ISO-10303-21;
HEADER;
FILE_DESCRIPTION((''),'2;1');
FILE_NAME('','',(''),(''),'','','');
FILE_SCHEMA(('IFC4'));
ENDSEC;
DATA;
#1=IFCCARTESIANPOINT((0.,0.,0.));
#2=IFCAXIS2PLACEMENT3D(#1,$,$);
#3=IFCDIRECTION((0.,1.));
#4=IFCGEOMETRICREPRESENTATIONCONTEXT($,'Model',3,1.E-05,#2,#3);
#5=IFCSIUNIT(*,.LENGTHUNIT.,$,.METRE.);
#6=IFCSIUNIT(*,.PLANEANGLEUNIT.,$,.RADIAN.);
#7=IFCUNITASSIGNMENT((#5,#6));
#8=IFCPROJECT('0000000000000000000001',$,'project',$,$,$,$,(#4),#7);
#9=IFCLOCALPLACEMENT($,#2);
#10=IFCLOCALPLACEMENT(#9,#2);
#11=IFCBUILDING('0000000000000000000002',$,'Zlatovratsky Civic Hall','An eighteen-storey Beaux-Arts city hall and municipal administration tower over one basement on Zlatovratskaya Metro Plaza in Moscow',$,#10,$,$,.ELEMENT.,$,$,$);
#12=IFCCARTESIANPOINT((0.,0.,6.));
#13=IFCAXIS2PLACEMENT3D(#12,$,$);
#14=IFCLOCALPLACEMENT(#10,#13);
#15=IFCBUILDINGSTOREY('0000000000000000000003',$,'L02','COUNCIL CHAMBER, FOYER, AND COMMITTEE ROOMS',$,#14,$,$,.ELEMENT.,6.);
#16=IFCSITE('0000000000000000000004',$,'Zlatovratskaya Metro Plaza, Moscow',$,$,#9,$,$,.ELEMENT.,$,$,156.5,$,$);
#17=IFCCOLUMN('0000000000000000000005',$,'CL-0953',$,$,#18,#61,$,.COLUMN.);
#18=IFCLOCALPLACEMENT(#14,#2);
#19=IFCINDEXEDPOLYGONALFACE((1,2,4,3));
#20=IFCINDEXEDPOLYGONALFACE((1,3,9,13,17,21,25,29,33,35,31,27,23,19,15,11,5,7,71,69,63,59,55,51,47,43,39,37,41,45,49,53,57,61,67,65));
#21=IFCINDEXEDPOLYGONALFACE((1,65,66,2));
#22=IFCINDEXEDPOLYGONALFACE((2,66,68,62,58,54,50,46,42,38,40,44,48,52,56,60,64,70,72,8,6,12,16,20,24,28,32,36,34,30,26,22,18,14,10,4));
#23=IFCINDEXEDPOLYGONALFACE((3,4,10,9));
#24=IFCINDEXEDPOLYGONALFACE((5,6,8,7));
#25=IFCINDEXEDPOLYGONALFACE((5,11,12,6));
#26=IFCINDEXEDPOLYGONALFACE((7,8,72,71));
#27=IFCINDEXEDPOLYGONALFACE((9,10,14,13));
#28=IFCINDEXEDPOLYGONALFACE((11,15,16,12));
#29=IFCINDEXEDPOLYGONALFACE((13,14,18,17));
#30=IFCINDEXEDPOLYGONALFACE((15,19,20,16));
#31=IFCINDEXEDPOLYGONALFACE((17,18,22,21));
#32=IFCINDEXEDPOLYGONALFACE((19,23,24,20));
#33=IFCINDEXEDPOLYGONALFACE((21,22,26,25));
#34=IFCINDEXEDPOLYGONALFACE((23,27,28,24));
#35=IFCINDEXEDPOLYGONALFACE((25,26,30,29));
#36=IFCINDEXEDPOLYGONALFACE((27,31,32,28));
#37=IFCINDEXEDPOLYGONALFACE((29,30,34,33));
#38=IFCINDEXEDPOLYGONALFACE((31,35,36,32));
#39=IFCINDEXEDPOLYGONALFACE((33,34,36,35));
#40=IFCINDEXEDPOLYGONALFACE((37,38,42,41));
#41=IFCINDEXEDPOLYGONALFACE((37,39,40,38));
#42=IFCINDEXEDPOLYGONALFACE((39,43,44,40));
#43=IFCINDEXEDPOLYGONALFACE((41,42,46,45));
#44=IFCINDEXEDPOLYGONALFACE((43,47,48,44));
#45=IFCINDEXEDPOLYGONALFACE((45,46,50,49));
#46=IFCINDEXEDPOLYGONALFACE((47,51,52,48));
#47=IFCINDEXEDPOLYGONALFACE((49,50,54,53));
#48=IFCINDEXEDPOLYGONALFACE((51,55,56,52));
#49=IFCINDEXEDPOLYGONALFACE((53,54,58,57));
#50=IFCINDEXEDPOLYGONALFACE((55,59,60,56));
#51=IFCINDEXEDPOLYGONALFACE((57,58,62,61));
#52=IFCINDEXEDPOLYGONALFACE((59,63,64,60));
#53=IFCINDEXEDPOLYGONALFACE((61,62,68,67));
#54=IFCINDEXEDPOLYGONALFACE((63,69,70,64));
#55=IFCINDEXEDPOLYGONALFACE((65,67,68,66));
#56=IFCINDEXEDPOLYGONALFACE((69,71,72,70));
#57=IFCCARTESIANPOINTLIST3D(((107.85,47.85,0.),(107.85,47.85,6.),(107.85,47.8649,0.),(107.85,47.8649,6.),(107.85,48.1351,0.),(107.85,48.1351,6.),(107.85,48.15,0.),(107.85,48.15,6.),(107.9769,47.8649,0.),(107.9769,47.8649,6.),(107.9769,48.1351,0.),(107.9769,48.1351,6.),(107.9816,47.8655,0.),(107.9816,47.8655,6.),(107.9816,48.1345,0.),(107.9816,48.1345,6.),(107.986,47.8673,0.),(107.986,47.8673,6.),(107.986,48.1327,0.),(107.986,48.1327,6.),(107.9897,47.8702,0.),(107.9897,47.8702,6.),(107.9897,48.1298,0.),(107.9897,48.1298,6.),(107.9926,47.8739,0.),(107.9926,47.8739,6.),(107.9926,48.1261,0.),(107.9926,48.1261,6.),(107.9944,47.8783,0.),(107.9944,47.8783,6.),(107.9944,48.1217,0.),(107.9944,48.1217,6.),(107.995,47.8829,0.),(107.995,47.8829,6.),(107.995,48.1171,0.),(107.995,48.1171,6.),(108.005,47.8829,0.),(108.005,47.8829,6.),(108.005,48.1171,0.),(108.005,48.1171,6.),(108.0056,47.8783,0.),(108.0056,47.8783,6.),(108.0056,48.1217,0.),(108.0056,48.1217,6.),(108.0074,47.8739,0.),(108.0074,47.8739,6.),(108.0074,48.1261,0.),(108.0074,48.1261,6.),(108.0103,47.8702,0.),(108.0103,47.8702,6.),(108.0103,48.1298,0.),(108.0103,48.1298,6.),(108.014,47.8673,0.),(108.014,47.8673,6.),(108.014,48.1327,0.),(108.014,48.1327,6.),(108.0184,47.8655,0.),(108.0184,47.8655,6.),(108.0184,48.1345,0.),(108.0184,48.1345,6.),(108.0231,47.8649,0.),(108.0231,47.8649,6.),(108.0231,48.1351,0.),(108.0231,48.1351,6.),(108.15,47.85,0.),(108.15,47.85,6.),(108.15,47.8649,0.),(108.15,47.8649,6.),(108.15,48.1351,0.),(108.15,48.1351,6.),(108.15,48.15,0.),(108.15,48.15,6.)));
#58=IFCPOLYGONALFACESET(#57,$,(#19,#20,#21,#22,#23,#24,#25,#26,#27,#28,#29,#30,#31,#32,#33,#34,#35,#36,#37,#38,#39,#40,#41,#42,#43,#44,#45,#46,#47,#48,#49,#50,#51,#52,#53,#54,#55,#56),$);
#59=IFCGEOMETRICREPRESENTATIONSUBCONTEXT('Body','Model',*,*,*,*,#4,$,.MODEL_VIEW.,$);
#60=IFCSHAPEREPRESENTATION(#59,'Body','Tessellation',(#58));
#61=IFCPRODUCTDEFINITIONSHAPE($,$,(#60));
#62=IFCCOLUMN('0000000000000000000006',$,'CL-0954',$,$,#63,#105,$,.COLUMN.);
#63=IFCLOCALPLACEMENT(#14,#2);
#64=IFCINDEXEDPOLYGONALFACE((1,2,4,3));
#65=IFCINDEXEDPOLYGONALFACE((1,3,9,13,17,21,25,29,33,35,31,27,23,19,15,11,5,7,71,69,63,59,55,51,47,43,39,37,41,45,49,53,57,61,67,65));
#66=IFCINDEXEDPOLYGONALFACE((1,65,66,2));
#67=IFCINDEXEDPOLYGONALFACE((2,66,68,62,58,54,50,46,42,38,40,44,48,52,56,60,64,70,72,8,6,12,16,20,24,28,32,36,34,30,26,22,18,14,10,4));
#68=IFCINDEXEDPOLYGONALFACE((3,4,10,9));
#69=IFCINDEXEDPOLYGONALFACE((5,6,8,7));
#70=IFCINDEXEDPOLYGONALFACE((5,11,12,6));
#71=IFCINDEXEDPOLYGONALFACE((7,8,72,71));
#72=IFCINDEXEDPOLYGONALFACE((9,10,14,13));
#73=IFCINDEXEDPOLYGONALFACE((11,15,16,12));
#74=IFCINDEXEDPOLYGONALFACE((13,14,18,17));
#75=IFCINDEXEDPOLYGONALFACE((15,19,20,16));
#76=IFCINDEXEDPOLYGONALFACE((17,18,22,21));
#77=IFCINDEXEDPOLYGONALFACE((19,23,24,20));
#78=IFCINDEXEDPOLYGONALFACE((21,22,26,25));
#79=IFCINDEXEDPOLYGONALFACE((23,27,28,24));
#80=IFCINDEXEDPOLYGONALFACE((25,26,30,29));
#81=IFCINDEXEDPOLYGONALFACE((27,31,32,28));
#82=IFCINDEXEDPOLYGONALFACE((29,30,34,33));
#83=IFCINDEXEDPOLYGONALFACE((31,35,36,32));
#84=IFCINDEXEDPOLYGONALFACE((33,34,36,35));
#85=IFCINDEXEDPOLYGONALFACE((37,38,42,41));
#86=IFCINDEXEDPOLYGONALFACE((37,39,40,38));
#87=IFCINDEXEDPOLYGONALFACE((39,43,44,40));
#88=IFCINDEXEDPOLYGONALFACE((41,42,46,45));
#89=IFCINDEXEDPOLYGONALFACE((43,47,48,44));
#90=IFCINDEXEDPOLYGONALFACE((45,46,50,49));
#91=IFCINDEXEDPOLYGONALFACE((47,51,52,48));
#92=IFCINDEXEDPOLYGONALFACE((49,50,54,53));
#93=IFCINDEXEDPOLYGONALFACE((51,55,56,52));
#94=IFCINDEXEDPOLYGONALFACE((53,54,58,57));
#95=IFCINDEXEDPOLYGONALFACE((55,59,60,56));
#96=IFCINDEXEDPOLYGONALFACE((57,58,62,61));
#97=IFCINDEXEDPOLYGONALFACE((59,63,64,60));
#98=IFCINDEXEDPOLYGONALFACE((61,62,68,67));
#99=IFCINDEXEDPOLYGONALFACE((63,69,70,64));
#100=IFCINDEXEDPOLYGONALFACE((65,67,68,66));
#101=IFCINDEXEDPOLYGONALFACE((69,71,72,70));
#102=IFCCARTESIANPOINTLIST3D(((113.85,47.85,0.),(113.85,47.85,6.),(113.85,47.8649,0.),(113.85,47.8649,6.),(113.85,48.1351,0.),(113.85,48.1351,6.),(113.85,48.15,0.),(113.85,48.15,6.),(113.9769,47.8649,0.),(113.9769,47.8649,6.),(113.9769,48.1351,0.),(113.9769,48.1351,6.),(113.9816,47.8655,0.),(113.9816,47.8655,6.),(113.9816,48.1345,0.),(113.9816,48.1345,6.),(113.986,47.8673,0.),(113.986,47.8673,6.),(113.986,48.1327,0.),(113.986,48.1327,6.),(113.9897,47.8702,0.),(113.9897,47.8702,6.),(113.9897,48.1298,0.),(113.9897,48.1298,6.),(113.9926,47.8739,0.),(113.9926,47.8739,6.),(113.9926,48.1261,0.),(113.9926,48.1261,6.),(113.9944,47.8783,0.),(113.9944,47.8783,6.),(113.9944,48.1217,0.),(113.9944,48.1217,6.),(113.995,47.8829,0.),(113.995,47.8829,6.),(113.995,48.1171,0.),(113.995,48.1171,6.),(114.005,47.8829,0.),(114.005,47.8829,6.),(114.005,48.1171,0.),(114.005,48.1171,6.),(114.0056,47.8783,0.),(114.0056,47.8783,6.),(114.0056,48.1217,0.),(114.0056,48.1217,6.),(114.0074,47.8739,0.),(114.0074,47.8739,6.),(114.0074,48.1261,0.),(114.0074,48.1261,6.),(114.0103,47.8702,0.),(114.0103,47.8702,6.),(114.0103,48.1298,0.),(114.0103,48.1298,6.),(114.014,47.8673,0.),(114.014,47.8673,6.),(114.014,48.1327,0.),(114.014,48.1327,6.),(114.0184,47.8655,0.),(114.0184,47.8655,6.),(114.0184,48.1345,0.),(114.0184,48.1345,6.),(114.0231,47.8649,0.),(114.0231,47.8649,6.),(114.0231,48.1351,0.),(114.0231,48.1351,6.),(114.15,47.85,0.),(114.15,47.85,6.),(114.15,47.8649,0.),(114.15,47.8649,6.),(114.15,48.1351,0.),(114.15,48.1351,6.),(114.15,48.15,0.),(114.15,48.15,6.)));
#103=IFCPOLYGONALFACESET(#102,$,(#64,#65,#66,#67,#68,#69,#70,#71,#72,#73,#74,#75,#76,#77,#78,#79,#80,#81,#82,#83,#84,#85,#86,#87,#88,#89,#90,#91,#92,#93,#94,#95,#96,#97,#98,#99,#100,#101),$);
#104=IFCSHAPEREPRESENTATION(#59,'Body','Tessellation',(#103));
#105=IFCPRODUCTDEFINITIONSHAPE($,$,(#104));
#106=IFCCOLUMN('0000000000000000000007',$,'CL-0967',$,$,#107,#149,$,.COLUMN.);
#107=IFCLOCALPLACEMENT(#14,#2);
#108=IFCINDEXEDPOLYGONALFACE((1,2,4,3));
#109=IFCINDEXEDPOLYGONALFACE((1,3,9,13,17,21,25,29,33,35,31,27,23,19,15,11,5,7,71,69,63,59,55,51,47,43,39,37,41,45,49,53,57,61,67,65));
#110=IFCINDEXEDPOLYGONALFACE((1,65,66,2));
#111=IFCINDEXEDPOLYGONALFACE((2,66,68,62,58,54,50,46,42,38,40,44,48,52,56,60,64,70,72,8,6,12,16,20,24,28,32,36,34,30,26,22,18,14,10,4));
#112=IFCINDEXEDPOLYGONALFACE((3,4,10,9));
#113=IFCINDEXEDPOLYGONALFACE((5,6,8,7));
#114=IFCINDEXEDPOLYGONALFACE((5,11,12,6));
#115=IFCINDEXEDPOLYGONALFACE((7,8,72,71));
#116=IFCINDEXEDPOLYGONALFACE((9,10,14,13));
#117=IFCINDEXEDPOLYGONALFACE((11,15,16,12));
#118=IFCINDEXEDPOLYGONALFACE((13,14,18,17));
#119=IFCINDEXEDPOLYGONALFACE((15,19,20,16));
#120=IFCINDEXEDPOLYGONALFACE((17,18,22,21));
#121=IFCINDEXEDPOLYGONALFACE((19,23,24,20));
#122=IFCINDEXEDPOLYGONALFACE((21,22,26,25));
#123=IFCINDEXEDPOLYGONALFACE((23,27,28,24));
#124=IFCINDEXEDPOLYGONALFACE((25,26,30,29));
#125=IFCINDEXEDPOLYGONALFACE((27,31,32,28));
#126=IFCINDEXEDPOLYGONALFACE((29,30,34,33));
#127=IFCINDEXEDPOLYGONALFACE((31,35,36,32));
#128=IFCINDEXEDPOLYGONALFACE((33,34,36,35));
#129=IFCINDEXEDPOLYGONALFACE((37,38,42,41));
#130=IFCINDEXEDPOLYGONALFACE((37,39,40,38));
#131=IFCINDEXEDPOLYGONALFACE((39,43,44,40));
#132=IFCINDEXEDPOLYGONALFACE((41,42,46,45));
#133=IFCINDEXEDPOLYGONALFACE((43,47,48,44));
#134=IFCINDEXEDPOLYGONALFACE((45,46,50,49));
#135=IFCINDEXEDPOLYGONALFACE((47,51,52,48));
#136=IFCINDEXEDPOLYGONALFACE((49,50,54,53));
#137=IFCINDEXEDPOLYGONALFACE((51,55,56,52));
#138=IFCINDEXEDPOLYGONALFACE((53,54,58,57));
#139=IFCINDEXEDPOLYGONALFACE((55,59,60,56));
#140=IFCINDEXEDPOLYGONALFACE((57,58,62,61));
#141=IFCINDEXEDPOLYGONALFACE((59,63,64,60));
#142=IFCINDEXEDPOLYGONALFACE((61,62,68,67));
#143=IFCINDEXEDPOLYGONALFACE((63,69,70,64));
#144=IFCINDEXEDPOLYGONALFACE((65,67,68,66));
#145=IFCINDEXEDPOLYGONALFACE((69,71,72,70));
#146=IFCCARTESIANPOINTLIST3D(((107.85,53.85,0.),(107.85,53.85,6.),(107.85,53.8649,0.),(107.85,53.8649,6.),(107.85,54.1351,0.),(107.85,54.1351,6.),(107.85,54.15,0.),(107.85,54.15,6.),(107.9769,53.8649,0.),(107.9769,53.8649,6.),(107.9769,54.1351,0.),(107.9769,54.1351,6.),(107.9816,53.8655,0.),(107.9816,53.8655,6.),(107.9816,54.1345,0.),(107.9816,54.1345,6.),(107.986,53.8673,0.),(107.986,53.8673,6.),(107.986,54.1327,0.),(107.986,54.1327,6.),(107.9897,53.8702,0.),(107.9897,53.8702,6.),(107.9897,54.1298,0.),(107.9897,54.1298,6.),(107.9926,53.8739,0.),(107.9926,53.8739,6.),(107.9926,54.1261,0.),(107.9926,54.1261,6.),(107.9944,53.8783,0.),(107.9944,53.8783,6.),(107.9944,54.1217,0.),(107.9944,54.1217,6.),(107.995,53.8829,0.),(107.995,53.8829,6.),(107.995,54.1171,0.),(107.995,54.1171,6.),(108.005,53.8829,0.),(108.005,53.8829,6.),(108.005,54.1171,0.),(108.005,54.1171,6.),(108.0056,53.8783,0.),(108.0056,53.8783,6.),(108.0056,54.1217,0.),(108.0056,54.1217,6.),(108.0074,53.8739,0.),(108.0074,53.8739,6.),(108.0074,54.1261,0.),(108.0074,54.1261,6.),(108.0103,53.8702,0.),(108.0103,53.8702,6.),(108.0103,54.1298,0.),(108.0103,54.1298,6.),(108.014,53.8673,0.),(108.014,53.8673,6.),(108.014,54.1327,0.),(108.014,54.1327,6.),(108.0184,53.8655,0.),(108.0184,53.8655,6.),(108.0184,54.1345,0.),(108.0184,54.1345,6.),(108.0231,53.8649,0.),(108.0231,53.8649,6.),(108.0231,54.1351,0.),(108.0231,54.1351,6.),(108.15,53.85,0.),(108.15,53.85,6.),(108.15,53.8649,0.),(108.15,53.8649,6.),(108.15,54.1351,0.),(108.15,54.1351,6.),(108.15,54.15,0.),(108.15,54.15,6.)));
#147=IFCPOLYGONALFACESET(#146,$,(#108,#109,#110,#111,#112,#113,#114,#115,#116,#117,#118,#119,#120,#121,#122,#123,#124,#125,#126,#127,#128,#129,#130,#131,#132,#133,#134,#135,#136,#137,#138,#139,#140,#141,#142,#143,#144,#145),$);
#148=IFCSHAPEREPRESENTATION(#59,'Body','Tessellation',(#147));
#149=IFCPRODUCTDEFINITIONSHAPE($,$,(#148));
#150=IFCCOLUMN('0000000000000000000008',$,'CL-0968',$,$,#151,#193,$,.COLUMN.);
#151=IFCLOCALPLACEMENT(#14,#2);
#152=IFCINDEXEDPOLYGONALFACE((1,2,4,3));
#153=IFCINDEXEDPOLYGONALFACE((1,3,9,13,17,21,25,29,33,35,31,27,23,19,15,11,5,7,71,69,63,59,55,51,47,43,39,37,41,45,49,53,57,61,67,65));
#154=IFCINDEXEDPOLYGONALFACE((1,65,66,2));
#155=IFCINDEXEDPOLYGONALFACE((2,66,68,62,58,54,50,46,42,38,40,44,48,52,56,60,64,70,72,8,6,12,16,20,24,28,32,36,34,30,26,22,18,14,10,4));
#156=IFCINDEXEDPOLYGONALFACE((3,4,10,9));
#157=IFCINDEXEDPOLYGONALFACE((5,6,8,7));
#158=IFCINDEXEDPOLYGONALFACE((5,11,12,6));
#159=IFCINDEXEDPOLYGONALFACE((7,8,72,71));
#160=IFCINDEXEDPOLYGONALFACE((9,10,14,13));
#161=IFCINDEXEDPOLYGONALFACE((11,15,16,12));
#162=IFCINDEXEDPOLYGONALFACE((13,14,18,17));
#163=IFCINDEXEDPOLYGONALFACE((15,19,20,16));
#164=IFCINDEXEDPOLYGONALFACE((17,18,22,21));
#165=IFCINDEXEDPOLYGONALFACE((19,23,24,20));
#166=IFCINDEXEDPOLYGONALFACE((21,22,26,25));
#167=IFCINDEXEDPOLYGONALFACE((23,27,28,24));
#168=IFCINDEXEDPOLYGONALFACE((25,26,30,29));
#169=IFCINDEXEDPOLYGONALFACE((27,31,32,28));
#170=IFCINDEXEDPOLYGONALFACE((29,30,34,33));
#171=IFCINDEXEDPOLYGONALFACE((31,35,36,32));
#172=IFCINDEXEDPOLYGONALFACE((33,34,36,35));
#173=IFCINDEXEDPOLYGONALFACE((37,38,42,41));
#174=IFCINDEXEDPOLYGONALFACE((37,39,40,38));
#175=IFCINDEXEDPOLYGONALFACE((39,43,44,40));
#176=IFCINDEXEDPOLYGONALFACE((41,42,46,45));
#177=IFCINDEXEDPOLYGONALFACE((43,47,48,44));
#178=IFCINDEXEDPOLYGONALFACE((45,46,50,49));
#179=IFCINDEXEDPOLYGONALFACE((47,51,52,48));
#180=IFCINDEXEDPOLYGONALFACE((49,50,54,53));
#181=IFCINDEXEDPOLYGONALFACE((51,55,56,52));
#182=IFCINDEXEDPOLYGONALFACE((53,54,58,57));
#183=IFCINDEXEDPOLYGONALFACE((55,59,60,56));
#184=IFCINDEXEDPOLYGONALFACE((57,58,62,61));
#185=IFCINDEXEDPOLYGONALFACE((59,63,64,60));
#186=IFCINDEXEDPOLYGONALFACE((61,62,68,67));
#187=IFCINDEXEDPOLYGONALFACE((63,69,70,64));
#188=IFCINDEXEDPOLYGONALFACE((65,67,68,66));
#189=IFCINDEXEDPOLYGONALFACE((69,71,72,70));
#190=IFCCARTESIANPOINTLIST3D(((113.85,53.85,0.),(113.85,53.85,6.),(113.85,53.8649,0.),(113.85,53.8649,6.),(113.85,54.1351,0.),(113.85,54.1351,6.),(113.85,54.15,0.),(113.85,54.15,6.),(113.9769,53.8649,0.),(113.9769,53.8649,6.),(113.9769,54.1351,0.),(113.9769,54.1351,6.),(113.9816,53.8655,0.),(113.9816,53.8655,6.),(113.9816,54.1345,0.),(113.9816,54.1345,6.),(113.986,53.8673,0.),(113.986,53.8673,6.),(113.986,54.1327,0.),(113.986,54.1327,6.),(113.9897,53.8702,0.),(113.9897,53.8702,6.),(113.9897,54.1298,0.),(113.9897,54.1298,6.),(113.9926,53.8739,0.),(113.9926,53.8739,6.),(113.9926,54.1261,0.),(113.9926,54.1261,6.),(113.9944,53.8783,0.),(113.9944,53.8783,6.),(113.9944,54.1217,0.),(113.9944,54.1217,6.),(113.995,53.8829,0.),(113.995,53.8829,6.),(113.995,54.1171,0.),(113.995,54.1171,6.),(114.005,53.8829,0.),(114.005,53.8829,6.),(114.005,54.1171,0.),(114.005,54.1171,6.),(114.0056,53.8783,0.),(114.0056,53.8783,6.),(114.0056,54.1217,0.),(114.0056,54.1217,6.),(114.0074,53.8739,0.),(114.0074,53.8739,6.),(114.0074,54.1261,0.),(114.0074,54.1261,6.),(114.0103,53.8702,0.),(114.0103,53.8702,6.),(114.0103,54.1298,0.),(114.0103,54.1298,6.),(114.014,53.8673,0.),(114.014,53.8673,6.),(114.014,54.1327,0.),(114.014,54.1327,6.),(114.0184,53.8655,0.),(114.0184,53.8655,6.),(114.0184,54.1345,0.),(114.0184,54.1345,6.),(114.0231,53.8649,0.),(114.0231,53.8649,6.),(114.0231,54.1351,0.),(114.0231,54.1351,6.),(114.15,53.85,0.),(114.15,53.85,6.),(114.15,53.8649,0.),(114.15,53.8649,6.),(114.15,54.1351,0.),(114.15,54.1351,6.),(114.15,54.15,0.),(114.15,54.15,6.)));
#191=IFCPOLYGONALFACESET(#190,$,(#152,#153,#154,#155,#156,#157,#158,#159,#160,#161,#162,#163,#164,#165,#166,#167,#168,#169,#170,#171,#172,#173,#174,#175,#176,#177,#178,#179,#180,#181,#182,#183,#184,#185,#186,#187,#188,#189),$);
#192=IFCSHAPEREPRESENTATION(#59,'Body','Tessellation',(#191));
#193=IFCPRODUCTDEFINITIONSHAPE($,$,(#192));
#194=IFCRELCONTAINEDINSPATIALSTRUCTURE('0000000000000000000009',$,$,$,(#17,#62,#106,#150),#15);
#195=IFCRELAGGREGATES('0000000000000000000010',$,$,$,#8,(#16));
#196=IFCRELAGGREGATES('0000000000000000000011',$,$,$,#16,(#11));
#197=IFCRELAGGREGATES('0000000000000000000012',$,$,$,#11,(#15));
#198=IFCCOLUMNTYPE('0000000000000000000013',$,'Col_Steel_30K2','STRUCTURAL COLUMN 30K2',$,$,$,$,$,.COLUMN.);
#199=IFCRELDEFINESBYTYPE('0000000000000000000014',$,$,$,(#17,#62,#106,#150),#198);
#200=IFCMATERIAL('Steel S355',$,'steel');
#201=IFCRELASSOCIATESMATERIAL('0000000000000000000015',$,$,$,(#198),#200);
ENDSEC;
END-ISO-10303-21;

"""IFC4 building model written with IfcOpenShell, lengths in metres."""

from ifc_helpers import new_model, si_unit, direction, frame, origin, origin_2d, place, context, subcontext, project, spatial, i_section, extrude, material, material_profile, profile_set, type_object, element, save


model = new_model("IFC4")

# Units and contexts
model_context = context("Model", 3, precision=1e-05, world=origin(), true_north=direction((0.0, 1.0)))
body_context = subcontext(model_context, "Body", "Model", "MODEL_VIEW")
ifc_project = project(units=[si_unit("LENGTHUNIT", "METRE"), si_unit("PLANEANGLEUNIT", "RADIAN")], contexts=[model_context])

# Site, building, storey
site_placement = place(None, origin())
site = spatial("IfcSite", under=ifc_project, at=site_placement, Name="Zlatovratskaya Metro Plaza, Moscow", CompositionType="ELEMENT", RefElevation=156.5)
building_placement = place(site_placement, origin())
building = spatial("IfcBuilding", under=site, at=building_placement, Name="Zlatovratsky Civic Hall", Description="An eighteen-storey Beaux-Arts city hall and municipal administration tower over one basement on Zlatovratskaya Metro Plaza in Moscow", CompositionType="ELEMENT")
storey_placement = place(building_placement, frame((0.0, 0.0, 6.0)))
storey = spatial("IfcBuildingStorey", under=building, at=storey_placement, Name="L02", Description="COUNCIL CHAMBER, FOYER, AND COMMITTEE ROOMS", CompositionType="ELEMENT", Elevation=6.0)

# Columns
ifc_material_1 = material(Name="Steel S355", Category="steel")
ifc_material_profile_1 = material_profile(ifc_material_1, i_section(OverallWidth=0.3, OverallDepth=0.3, WebThickness=0.01, FlangeThickness=0.0149, FilletRadius=0.0181, at=origin_2d()), Name="30K2")
ifc_profile_set_1 = profile_set([ifc_material_profile_1], Name="Steel S355")
column_type = type_object("IfcColumnType", Name="Col_Steel_30K2", Description="STRUCTURAL COLUMN 30K2", PredefinedType="COLUMN", material=ifc_profile_set_1)
for number, where, z_axis, x_axis, name in (
    (1, (108.0, 48.0, 0.0), (0.0, 0.0, 1.0), (1.0, 0.0, 0.0), "CL-0953"),
    (2, (114.0, 48.0, 0.0), (0.0, 0.0, 1.0), (1.0, 0.0, 0.0), "CL-0954"),
    (3, (108.0, 54.0, 0.0), (0.0, 0.0, 1.0), (1.0, 0.0, 0.0), "CL-0967"),
    (4, (114.0, 54.0, 0.0), (0.0, 0.0, 1.0), (1.0, 0.0, 0.0), "CL-0968"),
):
    element("IfcColumn", number, at=place(storey_placement, frame(where, z_axis=z_axis, x_axis=x_axis)), inside=storey, type_object=column_type, Name=name, PredefinedType="COLUMN", context=body_context, shape_type="SweptSolid", body=[
        extrude(i_section(OverallWidth=0.3, OverallDepth=0.3, WebThickness=0.01, FlangeThickness=0.0149, FilletRadius=0.0181, at=origin_2d()), origin(), (0.0, 0.0, 1.0), 6.0),
    ])

save(model, "model.ifc")
